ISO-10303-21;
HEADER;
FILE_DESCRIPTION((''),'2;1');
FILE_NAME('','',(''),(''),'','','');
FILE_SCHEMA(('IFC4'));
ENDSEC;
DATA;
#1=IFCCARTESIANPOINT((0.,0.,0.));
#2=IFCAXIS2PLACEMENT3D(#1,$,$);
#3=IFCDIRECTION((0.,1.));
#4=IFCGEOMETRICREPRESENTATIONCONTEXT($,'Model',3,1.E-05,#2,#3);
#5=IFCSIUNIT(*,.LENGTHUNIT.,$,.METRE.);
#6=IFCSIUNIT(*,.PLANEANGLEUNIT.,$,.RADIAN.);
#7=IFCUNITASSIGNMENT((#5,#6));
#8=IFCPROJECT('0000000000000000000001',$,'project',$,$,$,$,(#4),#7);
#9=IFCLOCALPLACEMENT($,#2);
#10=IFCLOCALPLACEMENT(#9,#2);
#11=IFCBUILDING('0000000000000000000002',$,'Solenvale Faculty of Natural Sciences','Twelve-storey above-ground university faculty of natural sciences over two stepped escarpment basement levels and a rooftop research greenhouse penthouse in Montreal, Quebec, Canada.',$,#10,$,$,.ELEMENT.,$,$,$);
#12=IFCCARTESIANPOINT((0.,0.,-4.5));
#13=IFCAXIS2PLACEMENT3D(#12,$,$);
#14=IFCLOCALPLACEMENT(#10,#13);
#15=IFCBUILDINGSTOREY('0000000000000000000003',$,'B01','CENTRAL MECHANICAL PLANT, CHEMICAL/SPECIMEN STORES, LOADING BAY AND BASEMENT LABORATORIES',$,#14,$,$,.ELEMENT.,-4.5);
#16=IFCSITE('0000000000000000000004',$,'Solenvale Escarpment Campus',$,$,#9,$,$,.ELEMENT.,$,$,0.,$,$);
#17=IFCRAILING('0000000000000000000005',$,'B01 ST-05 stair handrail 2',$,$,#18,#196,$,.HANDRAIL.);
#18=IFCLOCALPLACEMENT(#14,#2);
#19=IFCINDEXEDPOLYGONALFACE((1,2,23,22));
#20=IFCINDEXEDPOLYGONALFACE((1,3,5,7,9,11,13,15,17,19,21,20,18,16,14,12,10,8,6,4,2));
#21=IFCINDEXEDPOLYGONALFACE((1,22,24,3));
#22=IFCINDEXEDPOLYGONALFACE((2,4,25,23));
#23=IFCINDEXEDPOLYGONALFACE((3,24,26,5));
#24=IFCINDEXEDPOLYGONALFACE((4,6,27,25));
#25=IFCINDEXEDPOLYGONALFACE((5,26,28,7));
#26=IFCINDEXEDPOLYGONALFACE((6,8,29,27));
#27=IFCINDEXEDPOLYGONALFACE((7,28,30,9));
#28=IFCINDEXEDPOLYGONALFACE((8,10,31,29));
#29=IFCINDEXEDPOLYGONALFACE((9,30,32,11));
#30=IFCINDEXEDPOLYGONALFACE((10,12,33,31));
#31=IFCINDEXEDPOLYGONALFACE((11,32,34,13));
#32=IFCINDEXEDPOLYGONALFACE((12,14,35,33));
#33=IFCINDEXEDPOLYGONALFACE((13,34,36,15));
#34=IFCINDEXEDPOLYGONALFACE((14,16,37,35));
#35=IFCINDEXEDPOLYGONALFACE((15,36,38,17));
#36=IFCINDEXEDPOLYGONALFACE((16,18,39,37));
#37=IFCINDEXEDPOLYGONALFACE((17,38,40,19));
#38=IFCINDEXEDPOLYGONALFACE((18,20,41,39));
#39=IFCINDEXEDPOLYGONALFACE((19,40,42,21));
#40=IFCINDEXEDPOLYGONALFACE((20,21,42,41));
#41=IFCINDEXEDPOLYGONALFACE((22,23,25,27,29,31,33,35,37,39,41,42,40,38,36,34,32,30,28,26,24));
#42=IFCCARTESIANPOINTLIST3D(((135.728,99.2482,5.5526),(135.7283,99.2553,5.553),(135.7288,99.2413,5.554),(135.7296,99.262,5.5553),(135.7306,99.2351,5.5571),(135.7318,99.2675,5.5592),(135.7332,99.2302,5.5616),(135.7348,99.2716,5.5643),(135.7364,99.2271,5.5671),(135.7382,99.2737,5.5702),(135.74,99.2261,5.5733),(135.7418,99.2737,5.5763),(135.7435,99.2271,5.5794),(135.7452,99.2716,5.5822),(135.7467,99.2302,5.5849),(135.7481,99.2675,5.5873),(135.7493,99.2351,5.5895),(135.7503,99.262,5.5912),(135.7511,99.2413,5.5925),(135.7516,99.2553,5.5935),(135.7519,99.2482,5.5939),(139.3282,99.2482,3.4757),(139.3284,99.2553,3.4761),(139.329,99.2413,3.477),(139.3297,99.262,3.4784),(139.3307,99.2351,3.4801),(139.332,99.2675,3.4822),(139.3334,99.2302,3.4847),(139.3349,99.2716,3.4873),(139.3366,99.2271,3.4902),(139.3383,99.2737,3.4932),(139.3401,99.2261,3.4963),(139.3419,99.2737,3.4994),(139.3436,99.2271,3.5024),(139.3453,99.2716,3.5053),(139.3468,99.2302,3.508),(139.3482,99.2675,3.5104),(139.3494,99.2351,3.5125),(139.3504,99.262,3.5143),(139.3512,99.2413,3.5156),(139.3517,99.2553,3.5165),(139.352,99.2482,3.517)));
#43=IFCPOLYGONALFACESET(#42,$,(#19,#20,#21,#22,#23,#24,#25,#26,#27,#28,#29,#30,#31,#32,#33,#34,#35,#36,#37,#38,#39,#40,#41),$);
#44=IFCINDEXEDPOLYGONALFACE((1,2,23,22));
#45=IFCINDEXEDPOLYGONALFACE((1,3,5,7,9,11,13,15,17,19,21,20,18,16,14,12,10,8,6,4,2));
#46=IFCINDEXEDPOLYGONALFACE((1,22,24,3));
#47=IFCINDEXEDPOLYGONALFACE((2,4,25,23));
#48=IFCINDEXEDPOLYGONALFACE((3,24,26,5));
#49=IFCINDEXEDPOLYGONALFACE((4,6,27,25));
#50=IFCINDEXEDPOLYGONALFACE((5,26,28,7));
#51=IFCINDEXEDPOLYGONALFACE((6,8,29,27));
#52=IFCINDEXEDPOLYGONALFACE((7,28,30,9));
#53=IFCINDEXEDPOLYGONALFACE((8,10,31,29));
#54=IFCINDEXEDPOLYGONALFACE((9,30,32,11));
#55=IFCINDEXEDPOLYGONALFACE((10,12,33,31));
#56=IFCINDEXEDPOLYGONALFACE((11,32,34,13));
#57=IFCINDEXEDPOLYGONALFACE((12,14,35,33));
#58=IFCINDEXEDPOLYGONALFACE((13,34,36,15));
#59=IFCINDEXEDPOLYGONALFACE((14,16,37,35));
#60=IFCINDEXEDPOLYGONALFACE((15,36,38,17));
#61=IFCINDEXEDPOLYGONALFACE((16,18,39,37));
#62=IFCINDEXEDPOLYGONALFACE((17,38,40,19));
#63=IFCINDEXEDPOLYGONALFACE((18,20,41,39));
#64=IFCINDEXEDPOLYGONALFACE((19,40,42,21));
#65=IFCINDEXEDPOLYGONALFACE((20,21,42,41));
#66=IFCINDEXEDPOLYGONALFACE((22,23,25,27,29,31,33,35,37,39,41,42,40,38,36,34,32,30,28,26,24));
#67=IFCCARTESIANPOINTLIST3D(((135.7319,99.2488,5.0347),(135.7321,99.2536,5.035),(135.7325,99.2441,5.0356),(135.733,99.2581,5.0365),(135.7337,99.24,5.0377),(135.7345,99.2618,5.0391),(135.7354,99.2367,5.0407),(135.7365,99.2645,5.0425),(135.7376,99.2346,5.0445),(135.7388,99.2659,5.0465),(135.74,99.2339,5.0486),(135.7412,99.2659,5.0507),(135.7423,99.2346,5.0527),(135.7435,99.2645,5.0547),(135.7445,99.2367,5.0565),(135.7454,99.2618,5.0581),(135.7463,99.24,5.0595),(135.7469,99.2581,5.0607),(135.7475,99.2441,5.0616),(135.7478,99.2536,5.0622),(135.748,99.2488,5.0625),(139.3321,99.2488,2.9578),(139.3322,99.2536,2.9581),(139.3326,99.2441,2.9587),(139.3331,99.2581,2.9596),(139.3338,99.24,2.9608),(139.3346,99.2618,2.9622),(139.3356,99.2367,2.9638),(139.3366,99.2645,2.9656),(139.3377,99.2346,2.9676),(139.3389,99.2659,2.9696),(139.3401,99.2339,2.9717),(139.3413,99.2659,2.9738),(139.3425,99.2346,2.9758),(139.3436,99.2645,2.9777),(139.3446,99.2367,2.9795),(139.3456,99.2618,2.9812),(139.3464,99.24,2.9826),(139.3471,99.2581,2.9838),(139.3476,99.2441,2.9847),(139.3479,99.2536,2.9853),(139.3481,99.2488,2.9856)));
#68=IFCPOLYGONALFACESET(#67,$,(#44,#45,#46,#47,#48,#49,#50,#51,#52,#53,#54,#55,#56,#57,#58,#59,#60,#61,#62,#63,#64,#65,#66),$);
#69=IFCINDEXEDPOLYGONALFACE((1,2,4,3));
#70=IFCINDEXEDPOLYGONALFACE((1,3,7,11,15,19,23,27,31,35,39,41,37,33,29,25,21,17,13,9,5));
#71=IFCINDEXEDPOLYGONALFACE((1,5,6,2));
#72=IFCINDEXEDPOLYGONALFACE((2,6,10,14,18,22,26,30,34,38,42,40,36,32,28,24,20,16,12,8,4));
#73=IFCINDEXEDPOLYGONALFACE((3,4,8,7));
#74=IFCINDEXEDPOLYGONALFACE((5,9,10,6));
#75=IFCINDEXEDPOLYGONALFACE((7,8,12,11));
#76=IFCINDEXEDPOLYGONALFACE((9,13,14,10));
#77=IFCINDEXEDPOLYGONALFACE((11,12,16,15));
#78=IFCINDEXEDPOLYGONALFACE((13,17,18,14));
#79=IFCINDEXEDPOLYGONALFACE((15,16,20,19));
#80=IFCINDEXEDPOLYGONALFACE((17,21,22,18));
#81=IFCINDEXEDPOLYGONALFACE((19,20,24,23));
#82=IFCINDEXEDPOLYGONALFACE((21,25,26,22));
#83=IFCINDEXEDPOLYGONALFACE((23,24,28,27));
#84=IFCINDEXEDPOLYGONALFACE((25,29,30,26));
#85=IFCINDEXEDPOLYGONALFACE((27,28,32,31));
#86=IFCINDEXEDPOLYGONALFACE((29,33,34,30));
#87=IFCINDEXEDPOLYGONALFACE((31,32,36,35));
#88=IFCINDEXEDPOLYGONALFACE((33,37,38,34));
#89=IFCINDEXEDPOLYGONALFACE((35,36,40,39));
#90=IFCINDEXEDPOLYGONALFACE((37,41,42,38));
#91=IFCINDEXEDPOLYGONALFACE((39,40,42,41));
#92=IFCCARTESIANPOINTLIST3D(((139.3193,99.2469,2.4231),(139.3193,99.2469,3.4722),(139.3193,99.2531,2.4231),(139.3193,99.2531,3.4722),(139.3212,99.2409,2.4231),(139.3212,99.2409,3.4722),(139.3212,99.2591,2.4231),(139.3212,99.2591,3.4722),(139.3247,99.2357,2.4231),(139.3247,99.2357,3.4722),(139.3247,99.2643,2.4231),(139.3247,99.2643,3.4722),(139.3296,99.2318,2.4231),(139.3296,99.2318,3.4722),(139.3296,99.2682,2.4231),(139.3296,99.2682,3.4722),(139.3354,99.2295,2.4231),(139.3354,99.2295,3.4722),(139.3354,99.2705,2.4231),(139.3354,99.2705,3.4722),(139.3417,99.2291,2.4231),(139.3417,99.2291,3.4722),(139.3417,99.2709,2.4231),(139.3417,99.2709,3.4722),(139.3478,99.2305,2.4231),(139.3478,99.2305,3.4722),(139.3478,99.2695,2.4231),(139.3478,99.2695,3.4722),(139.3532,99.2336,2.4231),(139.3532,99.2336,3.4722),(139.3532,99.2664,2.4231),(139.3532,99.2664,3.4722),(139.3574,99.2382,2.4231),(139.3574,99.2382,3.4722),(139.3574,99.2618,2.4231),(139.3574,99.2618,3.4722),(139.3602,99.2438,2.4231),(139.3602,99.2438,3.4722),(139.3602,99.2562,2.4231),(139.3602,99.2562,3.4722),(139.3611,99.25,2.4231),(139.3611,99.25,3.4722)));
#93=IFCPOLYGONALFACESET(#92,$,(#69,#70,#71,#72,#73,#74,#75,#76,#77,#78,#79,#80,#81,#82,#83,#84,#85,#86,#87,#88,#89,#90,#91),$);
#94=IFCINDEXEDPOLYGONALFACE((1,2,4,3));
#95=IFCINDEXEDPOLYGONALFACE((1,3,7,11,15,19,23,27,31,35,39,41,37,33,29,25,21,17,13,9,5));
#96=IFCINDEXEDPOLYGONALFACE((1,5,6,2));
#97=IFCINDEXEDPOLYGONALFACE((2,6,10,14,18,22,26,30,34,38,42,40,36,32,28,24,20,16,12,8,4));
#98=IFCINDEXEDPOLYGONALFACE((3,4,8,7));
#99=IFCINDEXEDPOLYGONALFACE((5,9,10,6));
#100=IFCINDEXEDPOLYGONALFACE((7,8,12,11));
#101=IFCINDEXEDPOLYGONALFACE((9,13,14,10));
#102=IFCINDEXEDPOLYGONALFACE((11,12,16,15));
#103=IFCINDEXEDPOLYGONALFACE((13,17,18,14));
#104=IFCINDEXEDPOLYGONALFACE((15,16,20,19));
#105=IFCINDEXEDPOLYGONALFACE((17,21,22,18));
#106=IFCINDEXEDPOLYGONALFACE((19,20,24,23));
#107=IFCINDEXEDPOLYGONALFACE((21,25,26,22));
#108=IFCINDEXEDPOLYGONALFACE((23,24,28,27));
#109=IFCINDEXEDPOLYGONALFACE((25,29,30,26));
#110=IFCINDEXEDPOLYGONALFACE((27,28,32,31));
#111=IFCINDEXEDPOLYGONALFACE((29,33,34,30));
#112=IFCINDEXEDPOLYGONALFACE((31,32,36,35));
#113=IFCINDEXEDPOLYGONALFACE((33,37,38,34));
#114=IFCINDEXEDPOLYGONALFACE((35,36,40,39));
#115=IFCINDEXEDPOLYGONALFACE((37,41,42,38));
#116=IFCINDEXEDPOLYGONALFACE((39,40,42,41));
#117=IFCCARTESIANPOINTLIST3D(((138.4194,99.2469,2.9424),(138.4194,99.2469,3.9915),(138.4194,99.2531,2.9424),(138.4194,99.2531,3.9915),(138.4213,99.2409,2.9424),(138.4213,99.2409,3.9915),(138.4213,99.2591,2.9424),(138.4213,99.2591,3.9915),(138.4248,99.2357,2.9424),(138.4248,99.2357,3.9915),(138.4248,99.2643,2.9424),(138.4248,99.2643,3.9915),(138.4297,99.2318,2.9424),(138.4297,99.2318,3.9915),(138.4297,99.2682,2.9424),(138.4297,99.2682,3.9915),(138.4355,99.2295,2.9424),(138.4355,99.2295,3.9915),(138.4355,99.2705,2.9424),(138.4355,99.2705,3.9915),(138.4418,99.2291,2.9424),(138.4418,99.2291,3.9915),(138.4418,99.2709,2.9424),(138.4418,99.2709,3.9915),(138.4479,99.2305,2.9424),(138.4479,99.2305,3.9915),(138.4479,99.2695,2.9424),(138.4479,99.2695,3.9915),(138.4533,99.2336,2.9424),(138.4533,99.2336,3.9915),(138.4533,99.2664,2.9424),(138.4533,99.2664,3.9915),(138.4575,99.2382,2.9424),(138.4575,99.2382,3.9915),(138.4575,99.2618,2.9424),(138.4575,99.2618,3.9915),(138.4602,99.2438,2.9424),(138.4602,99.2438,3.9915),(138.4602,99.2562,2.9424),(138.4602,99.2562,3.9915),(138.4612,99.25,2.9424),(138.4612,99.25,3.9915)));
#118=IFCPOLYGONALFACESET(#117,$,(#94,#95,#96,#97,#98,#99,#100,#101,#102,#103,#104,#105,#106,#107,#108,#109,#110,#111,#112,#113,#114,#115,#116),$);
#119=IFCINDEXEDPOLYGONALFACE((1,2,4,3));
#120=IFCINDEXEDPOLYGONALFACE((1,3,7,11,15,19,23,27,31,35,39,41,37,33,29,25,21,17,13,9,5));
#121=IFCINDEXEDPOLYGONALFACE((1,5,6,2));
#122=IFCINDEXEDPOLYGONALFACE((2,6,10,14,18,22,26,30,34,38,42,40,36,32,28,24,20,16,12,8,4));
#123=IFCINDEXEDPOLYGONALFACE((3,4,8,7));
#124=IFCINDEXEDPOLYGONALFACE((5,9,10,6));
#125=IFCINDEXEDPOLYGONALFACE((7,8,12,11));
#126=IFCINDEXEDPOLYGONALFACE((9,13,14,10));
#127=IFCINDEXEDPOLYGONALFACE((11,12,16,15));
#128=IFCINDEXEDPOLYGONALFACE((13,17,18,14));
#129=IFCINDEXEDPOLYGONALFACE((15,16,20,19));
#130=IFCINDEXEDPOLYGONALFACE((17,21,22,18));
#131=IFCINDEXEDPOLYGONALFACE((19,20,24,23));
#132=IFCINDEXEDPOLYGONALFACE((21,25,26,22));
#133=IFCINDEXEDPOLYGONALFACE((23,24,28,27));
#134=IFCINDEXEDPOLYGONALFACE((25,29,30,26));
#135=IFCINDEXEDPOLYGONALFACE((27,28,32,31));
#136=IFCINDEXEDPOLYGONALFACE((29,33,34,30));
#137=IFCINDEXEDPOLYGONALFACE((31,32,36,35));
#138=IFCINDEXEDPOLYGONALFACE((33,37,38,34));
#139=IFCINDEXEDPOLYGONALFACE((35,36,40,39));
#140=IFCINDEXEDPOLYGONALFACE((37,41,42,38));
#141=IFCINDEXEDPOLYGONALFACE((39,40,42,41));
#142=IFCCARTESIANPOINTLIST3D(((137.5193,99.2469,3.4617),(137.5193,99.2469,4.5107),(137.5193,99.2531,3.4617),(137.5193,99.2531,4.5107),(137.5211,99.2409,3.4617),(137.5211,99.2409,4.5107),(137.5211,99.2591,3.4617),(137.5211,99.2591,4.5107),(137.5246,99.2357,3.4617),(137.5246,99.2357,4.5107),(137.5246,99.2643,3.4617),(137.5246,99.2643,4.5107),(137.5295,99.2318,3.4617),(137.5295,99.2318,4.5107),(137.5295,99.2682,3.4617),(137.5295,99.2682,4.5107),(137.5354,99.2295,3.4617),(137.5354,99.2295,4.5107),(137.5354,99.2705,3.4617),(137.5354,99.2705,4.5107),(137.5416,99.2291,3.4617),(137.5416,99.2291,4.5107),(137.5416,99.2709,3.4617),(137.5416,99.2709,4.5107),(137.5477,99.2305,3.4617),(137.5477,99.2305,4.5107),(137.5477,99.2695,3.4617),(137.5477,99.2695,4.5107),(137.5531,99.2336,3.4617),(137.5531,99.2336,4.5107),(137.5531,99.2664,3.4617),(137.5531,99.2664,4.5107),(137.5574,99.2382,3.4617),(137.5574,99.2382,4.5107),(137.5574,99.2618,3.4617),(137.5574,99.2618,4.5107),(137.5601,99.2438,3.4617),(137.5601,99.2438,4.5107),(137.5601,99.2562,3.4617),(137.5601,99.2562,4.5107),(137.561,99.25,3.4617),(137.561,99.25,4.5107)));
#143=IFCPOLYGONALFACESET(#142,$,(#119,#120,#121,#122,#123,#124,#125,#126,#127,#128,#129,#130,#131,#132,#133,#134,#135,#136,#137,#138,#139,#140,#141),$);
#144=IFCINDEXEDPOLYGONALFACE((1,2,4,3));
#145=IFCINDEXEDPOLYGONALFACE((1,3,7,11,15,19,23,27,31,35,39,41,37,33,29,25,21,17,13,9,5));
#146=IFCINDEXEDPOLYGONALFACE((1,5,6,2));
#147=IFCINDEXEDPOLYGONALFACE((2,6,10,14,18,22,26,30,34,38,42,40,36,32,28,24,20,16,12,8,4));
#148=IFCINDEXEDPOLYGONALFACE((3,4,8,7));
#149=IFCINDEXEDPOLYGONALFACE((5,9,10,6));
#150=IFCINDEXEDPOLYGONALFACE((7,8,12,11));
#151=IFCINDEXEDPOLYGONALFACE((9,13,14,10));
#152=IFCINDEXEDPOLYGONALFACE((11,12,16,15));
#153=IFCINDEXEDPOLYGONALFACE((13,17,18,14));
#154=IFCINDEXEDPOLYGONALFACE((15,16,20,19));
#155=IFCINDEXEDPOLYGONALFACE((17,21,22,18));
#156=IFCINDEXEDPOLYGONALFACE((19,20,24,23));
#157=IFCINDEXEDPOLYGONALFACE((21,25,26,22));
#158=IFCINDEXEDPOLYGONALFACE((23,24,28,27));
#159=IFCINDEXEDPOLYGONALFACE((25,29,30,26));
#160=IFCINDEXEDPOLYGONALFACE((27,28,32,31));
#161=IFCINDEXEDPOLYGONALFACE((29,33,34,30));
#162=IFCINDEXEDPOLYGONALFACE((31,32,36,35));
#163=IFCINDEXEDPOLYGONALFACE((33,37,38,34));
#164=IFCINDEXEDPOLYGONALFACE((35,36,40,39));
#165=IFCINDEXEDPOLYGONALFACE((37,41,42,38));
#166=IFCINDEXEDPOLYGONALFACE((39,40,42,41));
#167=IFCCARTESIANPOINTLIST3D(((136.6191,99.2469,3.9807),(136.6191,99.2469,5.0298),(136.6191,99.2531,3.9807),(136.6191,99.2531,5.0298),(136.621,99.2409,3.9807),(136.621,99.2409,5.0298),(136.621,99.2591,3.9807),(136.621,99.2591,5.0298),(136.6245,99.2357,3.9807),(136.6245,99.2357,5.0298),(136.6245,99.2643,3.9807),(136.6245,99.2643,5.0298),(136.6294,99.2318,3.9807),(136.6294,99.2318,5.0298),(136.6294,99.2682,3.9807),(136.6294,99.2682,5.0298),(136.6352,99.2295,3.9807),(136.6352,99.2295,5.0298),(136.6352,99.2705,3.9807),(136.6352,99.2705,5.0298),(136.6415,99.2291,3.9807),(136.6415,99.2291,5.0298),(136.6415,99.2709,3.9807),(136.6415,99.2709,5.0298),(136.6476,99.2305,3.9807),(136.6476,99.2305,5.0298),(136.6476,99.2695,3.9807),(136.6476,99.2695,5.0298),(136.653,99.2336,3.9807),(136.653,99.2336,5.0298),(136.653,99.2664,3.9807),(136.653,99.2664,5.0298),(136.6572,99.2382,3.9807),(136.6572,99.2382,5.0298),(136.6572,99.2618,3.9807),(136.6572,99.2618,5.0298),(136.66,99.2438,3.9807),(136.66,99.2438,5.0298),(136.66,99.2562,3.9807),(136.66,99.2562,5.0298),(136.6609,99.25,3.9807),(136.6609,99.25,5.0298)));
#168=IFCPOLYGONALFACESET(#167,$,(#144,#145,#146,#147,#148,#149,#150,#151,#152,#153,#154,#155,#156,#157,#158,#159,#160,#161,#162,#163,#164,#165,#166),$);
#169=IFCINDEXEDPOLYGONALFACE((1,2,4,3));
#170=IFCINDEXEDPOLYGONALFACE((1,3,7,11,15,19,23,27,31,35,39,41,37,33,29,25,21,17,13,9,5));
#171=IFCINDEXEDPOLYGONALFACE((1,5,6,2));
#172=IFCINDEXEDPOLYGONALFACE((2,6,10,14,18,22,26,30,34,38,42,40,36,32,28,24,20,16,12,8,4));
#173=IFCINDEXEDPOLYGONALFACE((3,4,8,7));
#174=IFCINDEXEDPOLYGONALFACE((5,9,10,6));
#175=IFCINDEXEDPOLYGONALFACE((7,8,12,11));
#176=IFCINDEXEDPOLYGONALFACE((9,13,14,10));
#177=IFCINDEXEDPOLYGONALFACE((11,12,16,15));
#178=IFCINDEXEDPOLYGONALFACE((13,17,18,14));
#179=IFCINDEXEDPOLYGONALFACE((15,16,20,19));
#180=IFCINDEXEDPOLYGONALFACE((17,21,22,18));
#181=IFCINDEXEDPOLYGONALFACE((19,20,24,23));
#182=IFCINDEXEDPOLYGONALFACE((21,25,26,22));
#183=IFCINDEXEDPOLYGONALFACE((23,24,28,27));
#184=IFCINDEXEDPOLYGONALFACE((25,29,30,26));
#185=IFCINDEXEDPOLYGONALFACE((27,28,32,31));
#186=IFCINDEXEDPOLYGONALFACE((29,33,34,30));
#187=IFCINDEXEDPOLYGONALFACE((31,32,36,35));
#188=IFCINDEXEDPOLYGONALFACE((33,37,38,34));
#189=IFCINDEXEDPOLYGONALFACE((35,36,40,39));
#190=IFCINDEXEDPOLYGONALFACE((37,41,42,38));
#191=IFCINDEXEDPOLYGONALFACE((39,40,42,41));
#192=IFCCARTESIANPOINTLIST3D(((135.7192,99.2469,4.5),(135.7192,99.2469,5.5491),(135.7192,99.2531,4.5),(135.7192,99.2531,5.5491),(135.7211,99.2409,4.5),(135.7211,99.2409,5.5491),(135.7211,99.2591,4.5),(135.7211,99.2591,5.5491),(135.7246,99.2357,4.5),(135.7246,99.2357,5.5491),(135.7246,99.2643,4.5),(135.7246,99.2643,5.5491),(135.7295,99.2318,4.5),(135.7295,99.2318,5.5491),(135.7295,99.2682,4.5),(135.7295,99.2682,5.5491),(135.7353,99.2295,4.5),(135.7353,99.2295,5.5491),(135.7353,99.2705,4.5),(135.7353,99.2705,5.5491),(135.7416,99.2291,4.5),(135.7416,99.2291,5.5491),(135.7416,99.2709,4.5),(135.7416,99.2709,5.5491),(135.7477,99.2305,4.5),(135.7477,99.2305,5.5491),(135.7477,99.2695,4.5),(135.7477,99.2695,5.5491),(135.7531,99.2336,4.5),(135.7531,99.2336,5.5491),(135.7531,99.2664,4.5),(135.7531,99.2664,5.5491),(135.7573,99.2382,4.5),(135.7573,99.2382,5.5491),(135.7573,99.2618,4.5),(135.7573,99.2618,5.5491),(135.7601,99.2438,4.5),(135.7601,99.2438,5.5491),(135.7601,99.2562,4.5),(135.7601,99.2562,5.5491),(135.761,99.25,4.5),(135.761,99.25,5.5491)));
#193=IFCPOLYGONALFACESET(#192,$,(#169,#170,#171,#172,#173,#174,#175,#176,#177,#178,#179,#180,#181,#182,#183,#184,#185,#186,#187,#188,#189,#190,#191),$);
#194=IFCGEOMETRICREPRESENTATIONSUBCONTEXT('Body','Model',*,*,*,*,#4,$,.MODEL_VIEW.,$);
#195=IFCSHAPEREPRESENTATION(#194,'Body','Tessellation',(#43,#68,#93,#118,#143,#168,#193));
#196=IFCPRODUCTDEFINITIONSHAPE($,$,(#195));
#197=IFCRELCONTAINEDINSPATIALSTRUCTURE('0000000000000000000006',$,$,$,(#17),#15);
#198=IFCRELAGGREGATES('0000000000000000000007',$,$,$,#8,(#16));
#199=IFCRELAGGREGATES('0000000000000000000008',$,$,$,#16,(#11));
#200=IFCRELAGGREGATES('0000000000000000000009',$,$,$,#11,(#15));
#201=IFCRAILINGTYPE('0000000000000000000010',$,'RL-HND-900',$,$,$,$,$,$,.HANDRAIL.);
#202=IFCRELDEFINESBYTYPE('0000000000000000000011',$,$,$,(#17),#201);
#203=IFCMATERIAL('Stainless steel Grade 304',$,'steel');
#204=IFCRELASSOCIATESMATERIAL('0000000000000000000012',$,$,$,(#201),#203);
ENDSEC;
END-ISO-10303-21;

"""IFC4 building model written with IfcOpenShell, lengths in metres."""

from ifc_helpers import new_model, si_unit, direction, frame, origin, origin_2d, place, context, subcontext, project, spatial, circle, extrude, material, type_object, element, save


model = new_model("IFC4")

# Units and contexts
model_context = context("Model", 3, precision=1e-05, world=origin(), true_north=direction((0.0, 1.0)))
body_context = subcontext(model_context, "Body", "Model", "MODEL_VIEW")
ifc_project = project(units=[si_unit("LENGTHUNIT", "METRE"), si_unit("PLANEANGLEUNIT", "RADIAN")], contexts=[model_context])

# Site, building, storey
site_placement = place(None, origin())
site = spatial("IfcSite", under=ifc_project, at=site_placement, Name="Solenvale Escarpment Campus", CompositionType="ELEMENT", RefElevation=0.0)
building_placement = place(site_placement, origin())
building = spatial("IfcBuilding", under=site, at=building_placement, Name="Solenvale Faculty of Natural Sciences", Description="Twelve-storey above-ground university faculty of natural sciences over two stepped escarpment basement levels and a rooftop research greenhouse penthouse in Montreal, Quebec, Canada.", CompositionType="ELEMENT")
storey_placement = place(building_placement, frame((0.0, 0.0, -4.5)))
storey = spatial("IfcBuildingStorey", under=building, at=storey_placement, Name="B01", Description="CENTRAL MECHANICAL PLANT, CHEMICAL/SPECIMEN STORES, LOADING BAY AND BASEMENT LABORATORIES", CompositionType="ELEMENT", Elevation=-4.5)

# Shared definitions
ifc_material_1 = material(Name="Stainless steel Grade 304", Category="steel")

# Railing
railing_type_1 = type_object("IfcRailingType", Name="RL-HND-900", PredefinedType="HANDRAIL", material=ifc_material_1)
railing_1_placement = place(storey_placement, frame((139.3401, 99.25, 2.4231)))
element("IfcRailing", 1, at=railing_1_placement, inside=storey, type_object=railing_type_1, Name="B01 ST-05 stair handrail 2", PredefinedType="HANDRAIL", context=body_context, shape_type="SweptSolid", body=[
    extrude(circle(Radius=0.0239, at=origin_2d()), frame((0.0, 0.0, 1.0732), z_axis=(-0.866193, 0.0, 0.499709), x_axis=(0.0, -1.0, 0.0)), (0.0, 0.0, 1.0), 4.1562),
    extrude(circle(Radius=0.0161, at=origin_2d()), frame((0.0, 0.0, 0.5486), z_axis=(-0.866193, 0.0, 0.499709), x_axis=(0.0, -1.0, 0.0)), (0.0, 0.0, 1.0), 4.1562),
    extrude(circle(Radius=0.021, at=origin_2d()), origin(), (0.0, 0.0, 1.0), 1.0491),
    extrude(circle(Radius=0.021, at=origin_2d()), frame((-0.8999, 0.0, 0.5193)), (0.0, 0.0, 1.0), 1.0491),
    extrude(circle(Radius=0.021, at=origin_2d()), frame((-1.8, 0.0, 1.0386)), (0.0, 0.0, 1.0), 1.0491),
    extrude(circle(Radius=0.021, at=origin_2d()), frame((-2.7002, 0.0, 1.5576)), (0.0, 0.0, 1.0), 1.0491),
    extrude(circle(Radius=0.021, at=origin_2d()), frame((-3.6001, 0.0, 2.0769)), (0.0, 0.0, 1.0), 1.0491),
])

save(model, "model.ifc")
